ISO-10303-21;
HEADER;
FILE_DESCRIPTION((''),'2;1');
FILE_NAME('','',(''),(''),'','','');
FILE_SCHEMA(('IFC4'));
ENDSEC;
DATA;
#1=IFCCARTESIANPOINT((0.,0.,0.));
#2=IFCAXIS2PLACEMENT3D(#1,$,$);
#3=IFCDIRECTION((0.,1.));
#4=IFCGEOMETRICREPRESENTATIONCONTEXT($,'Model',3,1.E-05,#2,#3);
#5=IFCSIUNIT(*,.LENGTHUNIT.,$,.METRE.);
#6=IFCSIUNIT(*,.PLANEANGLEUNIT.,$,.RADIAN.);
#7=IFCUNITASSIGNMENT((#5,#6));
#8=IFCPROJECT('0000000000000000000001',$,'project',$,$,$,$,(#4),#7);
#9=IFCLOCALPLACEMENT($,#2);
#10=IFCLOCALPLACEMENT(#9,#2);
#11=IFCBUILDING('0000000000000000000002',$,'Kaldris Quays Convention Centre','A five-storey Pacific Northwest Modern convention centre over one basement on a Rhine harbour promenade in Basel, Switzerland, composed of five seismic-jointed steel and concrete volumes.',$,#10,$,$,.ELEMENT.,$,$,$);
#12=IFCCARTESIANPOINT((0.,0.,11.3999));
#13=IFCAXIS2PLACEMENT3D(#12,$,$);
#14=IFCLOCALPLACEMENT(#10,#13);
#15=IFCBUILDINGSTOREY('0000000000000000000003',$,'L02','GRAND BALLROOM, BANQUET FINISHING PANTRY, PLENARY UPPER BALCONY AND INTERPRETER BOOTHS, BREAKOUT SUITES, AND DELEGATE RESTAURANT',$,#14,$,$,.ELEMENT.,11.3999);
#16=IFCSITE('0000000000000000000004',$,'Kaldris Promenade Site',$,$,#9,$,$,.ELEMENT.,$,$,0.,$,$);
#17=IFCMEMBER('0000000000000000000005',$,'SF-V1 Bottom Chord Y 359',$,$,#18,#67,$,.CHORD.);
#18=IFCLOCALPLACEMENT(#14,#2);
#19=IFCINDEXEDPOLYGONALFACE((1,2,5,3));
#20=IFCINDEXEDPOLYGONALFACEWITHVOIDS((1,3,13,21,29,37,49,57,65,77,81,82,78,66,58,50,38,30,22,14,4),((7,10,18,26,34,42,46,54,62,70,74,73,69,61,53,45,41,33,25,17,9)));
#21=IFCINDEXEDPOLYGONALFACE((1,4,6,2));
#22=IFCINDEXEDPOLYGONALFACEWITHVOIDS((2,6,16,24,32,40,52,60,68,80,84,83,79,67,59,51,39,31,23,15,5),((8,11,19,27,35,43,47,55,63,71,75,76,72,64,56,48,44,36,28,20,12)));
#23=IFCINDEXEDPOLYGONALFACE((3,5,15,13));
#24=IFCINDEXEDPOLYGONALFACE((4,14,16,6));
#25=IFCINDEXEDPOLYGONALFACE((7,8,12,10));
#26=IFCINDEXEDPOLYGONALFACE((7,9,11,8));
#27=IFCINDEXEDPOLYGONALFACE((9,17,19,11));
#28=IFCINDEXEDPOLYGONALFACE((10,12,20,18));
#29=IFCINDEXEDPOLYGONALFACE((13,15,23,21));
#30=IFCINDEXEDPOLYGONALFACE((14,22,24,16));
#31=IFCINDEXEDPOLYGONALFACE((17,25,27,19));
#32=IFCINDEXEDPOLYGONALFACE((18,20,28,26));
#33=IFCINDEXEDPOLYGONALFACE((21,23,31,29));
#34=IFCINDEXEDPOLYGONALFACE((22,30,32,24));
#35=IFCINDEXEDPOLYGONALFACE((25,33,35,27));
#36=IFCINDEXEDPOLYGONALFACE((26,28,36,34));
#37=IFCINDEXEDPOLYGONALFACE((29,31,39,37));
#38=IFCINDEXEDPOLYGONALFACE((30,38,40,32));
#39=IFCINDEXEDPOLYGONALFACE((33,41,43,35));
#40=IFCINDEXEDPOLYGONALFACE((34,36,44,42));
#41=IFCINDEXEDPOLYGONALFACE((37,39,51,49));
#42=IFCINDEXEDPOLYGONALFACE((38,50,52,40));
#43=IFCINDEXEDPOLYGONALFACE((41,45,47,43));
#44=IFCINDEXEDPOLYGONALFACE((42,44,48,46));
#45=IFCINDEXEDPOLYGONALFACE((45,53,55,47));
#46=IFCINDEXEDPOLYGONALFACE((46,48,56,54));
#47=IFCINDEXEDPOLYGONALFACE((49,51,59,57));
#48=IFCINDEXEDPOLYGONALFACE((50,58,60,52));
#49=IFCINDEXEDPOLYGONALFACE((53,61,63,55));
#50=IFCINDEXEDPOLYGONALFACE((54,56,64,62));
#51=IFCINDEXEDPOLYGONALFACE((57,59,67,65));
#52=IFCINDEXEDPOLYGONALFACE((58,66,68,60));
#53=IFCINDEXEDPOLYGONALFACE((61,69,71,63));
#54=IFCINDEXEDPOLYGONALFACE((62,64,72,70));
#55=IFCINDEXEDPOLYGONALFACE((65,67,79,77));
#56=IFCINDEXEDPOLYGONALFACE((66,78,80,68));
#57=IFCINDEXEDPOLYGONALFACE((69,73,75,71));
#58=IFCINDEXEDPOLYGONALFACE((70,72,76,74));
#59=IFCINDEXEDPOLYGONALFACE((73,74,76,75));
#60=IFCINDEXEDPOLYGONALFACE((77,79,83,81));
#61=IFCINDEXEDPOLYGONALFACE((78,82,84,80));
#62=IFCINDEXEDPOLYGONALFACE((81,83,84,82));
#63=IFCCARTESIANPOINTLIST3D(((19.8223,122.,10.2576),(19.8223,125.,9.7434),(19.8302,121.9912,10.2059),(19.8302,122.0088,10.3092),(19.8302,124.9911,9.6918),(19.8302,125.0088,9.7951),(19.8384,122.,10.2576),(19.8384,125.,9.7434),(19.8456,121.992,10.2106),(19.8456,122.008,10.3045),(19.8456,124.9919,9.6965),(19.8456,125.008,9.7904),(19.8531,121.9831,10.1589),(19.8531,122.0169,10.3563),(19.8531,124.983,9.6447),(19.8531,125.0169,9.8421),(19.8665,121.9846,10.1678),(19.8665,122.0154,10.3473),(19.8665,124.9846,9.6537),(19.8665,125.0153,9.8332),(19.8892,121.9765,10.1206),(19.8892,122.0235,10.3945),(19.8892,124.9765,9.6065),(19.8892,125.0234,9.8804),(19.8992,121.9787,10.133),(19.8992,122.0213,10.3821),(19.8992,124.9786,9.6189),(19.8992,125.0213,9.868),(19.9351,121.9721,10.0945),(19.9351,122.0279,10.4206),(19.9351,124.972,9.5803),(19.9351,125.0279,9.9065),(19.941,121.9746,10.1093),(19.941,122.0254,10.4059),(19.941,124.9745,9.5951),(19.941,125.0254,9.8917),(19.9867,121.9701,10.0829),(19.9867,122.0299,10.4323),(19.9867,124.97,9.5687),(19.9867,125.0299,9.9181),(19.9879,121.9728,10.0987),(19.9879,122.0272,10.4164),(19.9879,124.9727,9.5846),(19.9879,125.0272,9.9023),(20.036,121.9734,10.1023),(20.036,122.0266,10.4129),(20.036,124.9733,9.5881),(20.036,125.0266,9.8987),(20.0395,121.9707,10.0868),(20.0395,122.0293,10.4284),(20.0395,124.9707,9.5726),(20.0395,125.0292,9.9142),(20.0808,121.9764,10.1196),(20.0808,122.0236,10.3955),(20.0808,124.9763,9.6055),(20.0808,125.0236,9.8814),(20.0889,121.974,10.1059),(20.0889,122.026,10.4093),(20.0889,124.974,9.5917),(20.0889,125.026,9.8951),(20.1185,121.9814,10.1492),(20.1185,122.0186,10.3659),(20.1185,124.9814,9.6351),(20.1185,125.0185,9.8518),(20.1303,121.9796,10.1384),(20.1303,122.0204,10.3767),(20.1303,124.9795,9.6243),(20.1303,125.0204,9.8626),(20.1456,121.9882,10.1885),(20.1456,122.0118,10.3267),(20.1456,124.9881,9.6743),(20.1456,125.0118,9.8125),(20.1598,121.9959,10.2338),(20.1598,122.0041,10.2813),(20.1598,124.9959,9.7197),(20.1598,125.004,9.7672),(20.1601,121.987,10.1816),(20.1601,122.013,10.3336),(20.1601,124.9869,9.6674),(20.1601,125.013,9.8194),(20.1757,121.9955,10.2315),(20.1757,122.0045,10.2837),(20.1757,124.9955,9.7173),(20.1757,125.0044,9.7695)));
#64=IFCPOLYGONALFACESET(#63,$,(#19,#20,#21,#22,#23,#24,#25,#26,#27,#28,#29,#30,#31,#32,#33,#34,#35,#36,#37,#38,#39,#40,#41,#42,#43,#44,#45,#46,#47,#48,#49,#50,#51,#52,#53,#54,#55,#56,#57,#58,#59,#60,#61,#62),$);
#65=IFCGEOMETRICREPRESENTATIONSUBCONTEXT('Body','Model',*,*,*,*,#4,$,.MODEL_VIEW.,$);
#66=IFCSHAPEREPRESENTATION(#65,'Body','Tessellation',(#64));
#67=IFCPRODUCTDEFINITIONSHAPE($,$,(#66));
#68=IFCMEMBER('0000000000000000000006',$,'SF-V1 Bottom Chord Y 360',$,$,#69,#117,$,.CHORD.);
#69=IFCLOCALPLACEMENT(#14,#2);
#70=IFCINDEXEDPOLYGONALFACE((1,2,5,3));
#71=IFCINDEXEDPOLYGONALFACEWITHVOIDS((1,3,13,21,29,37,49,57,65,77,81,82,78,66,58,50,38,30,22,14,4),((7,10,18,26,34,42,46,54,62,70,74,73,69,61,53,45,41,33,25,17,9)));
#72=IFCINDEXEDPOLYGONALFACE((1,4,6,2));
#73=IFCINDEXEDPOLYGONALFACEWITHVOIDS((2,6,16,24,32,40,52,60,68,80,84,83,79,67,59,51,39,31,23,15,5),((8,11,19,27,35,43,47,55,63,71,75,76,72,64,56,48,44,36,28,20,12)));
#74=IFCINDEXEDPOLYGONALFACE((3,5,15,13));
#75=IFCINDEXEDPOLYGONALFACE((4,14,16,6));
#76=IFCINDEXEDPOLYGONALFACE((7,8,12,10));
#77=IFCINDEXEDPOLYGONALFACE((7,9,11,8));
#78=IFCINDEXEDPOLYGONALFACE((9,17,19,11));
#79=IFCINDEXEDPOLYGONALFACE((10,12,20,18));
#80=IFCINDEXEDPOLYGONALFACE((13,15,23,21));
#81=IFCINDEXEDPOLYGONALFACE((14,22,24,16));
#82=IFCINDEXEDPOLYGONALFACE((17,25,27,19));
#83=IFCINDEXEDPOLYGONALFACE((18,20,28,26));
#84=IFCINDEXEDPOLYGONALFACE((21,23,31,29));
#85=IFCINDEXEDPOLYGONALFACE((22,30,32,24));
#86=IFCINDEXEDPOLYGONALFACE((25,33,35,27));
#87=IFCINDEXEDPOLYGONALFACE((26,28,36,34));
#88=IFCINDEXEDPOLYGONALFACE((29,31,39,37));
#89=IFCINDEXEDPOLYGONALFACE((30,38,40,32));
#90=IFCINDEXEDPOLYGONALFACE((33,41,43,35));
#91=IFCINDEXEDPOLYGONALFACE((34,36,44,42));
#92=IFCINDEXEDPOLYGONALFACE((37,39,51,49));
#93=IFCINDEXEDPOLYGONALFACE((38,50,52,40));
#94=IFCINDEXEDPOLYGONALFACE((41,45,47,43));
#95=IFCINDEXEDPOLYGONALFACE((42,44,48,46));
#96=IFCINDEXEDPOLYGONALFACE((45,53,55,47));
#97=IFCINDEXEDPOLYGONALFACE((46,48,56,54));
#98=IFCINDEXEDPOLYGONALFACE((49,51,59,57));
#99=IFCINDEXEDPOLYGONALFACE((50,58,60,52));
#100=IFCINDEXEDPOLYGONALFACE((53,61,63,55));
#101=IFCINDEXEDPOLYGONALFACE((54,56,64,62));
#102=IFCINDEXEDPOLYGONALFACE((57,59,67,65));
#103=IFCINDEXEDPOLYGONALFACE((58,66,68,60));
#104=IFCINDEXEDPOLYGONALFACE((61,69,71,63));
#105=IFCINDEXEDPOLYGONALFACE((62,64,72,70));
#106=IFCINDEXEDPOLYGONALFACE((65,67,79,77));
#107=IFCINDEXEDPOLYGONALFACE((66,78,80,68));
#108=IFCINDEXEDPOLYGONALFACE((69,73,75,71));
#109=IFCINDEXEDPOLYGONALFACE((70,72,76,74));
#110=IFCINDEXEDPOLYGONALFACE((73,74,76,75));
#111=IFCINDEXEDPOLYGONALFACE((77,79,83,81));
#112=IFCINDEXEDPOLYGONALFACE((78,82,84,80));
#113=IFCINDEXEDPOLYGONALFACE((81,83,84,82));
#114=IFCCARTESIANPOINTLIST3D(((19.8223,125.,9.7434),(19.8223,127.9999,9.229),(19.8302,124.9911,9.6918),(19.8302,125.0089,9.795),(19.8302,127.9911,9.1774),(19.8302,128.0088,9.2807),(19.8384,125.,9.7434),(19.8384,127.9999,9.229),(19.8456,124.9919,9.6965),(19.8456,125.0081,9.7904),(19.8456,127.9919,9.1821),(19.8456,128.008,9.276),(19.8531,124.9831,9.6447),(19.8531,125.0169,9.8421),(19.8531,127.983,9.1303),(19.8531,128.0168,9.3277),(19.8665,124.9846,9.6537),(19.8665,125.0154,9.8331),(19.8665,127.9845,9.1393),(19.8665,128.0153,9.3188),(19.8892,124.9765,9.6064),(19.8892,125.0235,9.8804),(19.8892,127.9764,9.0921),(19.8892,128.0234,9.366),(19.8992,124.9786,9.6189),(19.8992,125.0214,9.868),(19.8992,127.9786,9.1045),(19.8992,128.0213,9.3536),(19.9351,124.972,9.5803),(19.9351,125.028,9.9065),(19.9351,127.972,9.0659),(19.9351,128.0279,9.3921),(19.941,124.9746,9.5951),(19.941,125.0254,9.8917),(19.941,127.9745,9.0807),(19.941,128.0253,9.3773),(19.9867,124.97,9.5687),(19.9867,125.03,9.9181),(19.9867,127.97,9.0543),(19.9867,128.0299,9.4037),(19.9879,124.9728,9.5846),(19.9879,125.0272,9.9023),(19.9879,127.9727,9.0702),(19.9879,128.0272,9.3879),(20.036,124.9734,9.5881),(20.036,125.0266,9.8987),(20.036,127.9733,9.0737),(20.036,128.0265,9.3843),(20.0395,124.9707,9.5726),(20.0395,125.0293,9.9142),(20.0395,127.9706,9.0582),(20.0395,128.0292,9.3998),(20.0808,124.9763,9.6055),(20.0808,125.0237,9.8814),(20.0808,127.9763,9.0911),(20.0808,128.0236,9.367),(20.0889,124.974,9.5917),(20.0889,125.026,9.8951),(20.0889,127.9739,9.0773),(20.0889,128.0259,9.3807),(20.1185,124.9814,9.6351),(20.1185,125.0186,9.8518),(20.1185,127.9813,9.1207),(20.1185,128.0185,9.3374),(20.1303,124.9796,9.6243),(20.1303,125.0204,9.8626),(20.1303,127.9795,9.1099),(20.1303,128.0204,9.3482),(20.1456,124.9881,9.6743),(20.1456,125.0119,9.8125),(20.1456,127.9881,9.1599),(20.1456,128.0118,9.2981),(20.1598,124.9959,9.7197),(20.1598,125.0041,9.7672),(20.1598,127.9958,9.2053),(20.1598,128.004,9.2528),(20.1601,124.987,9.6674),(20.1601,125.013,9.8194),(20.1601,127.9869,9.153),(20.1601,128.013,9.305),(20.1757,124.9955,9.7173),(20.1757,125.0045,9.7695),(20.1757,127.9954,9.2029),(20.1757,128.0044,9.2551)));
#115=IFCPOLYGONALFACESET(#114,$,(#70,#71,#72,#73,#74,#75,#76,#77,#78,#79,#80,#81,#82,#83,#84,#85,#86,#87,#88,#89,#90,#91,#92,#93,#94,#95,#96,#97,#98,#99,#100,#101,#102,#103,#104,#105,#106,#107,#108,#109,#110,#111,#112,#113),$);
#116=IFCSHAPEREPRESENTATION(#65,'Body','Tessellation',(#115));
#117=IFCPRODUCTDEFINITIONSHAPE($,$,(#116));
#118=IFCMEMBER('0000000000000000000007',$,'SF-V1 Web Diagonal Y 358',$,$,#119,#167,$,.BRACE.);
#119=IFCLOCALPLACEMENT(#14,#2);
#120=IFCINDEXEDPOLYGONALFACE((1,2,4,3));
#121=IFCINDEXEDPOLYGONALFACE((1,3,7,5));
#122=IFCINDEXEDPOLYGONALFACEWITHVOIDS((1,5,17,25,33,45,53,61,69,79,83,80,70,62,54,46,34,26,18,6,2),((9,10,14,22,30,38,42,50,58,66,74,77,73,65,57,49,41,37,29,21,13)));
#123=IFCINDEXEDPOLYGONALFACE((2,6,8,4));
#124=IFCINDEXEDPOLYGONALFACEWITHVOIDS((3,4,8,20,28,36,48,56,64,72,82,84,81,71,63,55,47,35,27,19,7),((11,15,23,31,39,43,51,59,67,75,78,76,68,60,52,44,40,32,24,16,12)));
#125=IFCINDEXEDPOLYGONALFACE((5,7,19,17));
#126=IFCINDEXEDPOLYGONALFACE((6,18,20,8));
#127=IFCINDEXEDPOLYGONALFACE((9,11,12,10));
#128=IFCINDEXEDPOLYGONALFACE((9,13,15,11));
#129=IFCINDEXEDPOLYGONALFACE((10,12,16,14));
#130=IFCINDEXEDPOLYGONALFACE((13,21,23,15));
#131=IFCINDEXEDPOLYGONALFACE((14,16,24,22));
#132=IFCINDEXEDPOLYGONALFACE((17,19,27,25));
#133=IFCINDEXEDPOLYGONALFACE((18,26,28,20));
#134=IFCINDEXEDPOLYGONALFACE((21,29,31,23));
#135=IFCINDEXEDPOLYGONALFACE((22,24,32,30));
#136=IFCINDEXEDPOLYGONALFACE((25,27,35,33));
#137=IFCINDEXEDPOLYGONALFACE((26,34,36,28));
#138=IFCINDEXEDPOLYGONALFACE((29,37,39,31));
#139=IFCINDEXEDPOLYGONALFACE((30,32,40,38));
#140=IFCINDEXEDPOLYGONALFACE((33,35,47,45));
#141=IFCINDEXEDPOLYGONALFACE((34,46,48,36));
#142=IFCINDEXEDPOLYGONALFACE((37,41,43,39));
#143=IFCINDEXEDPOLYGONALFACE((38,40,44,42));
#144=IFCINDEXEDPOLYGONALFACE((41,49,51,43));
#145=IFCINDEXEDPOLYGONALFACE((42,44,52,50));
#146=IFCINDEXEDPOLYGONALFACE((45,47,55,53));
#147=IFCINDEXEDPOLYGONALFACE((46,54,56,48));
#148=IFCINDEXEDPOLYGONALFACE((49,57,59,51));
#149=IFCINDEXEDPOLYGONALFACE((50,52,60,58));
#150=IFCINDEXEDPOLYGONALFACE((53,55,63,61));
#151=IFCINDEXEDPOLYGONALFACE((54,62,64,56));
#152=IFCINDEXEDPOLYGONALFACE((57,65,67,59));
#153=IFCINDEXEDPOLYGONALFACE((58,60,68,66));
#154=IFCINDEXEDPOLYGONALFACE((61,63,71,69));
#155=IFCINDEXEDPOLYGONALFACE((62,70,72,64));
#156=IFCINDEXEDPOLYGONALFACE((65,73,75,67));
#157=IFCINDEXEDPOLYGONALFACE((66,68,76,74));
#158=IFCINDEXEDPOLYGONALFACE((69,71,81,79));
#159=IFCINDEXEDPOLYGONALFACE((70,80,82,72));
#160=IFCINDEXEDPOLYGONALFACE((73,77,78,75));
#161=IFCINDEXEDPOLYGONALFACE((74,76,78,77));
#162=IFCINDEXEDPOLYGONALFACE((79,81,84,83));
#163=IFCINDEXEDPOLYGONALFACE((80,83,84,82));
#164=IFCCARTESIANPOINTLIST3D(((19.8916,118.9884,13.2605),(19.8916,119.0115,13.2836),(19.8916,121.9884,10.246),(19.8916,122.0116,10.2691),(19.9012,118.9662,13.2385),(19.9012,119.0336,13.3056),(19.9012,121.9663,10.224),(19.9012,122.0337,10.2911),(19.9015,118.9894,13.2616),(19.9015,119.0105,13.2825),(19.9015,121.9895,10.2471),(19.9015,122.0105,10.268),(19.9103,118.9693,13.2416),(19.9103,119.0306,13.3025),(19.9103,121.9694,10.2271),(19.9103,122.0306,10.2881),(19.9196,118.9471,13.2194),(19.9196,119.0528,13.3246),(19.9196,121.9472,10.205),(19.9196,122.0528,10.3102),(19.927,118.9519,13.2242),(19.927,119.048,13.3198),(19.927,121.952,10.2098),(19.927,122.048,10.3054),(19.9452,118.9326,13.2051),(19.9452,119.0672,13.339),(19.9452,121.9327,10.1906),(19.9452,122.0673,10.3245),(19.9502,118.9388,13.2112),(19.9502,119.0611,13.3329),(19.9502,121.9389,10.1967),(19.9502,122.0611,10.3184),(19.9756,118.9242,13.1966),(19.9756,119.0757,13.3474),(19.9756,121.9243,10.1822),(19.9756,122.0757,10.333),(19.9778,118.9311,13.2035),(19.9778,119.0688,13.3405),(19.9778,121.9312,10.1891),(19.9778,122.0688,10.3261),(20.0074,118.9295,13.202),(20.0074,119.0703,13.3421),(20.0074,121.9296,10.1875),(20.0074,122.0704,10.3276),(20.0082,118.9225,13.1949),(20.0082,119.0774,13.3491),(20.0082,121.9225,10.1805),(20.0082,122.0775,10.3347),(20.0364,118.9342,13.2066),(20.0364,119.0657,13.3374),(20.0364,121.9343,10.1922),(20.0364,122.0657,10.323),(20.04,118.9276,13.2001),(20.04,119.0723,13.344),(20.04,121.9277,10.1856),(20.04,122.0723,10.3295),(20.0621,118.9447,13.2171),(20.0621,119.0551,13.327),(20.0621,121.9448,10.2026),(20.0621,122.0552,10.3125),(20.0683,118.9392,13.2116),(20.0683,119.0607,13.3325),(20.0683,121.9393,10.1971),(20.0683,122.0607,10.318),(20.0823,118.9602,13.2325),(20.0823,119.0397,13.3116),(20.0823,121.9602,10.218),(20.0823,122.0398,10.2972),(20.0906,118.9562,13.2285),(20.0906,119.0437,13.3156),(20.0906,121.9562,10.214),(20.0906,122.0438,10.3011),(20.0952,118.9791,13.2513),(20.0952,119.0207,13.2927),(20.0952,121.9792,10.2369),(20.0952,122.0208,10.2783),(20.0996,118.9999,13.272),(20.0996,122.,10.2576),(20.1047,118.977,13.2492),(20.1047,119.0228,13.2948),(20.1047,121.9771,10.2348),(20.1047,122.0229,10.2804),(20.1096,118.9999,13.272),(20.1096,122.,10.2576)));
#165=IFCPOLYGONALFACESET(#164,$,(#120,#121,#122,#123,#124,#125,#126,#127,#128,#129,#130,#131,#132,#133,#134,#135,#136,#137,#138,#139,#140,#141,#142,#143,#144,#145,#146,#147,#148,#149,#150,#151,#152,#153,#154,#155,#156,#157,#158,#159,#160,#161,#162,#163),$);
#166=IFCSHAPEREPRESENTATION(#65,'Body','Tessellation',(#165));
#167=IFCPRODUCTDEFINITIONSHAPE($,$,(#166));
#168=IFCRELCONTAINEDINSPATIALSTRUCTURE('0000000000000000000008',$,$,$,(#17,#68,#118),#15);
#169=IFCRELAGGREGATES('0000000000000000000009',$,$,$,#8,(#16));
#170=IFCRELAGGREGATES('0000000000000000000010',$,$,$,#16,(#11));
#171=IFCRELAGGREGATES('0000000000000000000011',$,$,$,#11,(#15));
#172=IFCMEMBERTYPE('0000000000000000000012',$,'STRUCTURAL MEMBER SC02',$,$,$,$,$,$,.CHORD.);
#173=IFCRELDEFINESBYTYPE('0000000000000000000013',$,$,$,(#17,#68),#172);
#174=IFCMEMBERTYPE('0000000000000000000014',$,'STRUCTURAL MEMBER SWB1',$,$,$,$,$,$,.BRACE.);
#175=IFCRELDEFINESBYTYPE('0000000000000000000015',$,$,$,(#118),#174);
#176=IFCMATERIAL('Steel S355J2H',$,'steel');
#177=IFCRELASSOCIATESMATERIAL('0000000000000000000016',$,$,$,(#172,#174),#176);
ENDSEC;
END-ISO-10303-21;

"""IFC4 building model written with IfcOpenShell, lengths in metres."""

from ifc_helpers import new_model, si_unit, direction, frame, origin, origin_2d, place, context, subcontext, project, spatial, hollow_circle, extrude, material, material_profile, profile_set, type_object, element, save


model = new_model("IFC4")

# Units and contexts
model_context = context("Model", 3, precision=1e-05, world=origin(), true_north=direction((0.0, 1.0)))
body_context = subcontext(model_context, "Body", "Model", "MODEL_VIEW")
ifc_project = project(units=[si_unit("LENGTHUNIT", "METRE"), si_unit("PLANEANGLEUNIT", "RADIAN")], contexts=[model_context])

# Site, building, storey
site_placement = place(None, origin())
site = spatial("IfcSite", under=ifc_project, at=site_placement, Name="Kaldris Promenade Site", CompositionType="ELEMENT", RefElevation=0.0)
building_placement = place(site_placement, origin())
building = spatial("IfcBuilding", under=site, at=building_placement, Name="Kaldris Quays Convention Centre", Description="A five-storey Pacific Northwest Modern convention centre over one basement on a Rhine harbour promenade in Basel, Switzerland, composed of five seismic-jointed steel and concrete volumes.", CompositionType="ELEMENT")
storey_placement = place(building_placement, frame((0.0, 0.0, 11.3999)))
storey = spatial("IfcBuildingStorey", under=building, at=storey_placement, Name="L02", Description="GRAND BALLROOM, BANQUET FINISHING PANTRY, PLENARY UPPER BALCONY AND INTERPRETER BOOTHS, BREAKOUT SUITES, AND DELEGATE RESTAURANT", CompositionType="ELEMENT", Elevation=11.3999)

# Members
ifc_material_1 = material(Name="Steel S355J2H", Category="steel")
ifc_material_profile_1 = material_profile(ifc_material_1, hollow_circle(Radius=0.1777, WallThickness=0.0161, at=origin_2d()), Name="CHS 355.6x16")
ifc_profile_set_1 = profile_set([ifc_material_profile_1], Name="Steel S355J2H")
member_type_1 = type_object("IfcMemberType", Name="STRUCTURAL MEMBER SC02", PredefinedType="CHORD", material=ifc_profile_set_1)
for number, where, z_axis, x_axis, name in (
    (1, (20.0, 122.0, 10.2576), (0.0, 0.985629, -0.168924), (-1.0, 0.0, 0.0), "SF-V1 Bottom Chord Y 359"),
    (2, (20.0, 125.0, 9.7434), (0.0, 0.985616, -0.169002), (-1.0, 0.0, 0.0), "SF-V1 Bottom Chord Y 360"),
):
    element("IfcMember", number, at=place(storey_placement, frame(where, z_axis=z_axis, x_axis=x_axis)), inside=storey, type_object=member_type_1, Name=name, PredefinedType="CHORD", context=body_context, shape_type="SweptSolid", body=[
        extrude(hollow_circle(Radius=0.1777, WallThickness=0.0161, at=origin_2d()), origin(), (0.0, 0.0, 1.0), 3.0437),
    ])
ifc_material_profile_2 = material_profile(ifc_material_1, hollow_circle(Radius=0.1096, WallThickness=0.01, at=origin_2d()), Name="CHS 219.1x10")
ifc_profile_set_2 = profile_set([ifc_material_profile_2], Name="Steel S355J2H")
member_type_2 = type_object("IfcMemberType", Name="STRUCTURAL MEMBER SWB1", PredefinedType="BRACE", material=ifc_profile_set_2)
member_1_placement = place(storey_placement, frame((20.0, 122.0, 10.2576), z_axis=(0.0, -0.705411, 0.708798), x_axis=(1.0, 0.0, 0.0)))
element("IfcMember", 3, at=member_1_placement, inside=storey, type_object=member_type_2, Name="SF-V1 Web Diagonal Y 358", PredefinedType="BRACE", context=body_context, shape_type="SweptSolid", body=[
    extrude(hollow_circle(Radius=0.1096, WallThickness=0.01, at=origin_2d()), origin(), (0.0, 0.0, 1.0), 4.2529),
])

save(model, "model.ifc")
